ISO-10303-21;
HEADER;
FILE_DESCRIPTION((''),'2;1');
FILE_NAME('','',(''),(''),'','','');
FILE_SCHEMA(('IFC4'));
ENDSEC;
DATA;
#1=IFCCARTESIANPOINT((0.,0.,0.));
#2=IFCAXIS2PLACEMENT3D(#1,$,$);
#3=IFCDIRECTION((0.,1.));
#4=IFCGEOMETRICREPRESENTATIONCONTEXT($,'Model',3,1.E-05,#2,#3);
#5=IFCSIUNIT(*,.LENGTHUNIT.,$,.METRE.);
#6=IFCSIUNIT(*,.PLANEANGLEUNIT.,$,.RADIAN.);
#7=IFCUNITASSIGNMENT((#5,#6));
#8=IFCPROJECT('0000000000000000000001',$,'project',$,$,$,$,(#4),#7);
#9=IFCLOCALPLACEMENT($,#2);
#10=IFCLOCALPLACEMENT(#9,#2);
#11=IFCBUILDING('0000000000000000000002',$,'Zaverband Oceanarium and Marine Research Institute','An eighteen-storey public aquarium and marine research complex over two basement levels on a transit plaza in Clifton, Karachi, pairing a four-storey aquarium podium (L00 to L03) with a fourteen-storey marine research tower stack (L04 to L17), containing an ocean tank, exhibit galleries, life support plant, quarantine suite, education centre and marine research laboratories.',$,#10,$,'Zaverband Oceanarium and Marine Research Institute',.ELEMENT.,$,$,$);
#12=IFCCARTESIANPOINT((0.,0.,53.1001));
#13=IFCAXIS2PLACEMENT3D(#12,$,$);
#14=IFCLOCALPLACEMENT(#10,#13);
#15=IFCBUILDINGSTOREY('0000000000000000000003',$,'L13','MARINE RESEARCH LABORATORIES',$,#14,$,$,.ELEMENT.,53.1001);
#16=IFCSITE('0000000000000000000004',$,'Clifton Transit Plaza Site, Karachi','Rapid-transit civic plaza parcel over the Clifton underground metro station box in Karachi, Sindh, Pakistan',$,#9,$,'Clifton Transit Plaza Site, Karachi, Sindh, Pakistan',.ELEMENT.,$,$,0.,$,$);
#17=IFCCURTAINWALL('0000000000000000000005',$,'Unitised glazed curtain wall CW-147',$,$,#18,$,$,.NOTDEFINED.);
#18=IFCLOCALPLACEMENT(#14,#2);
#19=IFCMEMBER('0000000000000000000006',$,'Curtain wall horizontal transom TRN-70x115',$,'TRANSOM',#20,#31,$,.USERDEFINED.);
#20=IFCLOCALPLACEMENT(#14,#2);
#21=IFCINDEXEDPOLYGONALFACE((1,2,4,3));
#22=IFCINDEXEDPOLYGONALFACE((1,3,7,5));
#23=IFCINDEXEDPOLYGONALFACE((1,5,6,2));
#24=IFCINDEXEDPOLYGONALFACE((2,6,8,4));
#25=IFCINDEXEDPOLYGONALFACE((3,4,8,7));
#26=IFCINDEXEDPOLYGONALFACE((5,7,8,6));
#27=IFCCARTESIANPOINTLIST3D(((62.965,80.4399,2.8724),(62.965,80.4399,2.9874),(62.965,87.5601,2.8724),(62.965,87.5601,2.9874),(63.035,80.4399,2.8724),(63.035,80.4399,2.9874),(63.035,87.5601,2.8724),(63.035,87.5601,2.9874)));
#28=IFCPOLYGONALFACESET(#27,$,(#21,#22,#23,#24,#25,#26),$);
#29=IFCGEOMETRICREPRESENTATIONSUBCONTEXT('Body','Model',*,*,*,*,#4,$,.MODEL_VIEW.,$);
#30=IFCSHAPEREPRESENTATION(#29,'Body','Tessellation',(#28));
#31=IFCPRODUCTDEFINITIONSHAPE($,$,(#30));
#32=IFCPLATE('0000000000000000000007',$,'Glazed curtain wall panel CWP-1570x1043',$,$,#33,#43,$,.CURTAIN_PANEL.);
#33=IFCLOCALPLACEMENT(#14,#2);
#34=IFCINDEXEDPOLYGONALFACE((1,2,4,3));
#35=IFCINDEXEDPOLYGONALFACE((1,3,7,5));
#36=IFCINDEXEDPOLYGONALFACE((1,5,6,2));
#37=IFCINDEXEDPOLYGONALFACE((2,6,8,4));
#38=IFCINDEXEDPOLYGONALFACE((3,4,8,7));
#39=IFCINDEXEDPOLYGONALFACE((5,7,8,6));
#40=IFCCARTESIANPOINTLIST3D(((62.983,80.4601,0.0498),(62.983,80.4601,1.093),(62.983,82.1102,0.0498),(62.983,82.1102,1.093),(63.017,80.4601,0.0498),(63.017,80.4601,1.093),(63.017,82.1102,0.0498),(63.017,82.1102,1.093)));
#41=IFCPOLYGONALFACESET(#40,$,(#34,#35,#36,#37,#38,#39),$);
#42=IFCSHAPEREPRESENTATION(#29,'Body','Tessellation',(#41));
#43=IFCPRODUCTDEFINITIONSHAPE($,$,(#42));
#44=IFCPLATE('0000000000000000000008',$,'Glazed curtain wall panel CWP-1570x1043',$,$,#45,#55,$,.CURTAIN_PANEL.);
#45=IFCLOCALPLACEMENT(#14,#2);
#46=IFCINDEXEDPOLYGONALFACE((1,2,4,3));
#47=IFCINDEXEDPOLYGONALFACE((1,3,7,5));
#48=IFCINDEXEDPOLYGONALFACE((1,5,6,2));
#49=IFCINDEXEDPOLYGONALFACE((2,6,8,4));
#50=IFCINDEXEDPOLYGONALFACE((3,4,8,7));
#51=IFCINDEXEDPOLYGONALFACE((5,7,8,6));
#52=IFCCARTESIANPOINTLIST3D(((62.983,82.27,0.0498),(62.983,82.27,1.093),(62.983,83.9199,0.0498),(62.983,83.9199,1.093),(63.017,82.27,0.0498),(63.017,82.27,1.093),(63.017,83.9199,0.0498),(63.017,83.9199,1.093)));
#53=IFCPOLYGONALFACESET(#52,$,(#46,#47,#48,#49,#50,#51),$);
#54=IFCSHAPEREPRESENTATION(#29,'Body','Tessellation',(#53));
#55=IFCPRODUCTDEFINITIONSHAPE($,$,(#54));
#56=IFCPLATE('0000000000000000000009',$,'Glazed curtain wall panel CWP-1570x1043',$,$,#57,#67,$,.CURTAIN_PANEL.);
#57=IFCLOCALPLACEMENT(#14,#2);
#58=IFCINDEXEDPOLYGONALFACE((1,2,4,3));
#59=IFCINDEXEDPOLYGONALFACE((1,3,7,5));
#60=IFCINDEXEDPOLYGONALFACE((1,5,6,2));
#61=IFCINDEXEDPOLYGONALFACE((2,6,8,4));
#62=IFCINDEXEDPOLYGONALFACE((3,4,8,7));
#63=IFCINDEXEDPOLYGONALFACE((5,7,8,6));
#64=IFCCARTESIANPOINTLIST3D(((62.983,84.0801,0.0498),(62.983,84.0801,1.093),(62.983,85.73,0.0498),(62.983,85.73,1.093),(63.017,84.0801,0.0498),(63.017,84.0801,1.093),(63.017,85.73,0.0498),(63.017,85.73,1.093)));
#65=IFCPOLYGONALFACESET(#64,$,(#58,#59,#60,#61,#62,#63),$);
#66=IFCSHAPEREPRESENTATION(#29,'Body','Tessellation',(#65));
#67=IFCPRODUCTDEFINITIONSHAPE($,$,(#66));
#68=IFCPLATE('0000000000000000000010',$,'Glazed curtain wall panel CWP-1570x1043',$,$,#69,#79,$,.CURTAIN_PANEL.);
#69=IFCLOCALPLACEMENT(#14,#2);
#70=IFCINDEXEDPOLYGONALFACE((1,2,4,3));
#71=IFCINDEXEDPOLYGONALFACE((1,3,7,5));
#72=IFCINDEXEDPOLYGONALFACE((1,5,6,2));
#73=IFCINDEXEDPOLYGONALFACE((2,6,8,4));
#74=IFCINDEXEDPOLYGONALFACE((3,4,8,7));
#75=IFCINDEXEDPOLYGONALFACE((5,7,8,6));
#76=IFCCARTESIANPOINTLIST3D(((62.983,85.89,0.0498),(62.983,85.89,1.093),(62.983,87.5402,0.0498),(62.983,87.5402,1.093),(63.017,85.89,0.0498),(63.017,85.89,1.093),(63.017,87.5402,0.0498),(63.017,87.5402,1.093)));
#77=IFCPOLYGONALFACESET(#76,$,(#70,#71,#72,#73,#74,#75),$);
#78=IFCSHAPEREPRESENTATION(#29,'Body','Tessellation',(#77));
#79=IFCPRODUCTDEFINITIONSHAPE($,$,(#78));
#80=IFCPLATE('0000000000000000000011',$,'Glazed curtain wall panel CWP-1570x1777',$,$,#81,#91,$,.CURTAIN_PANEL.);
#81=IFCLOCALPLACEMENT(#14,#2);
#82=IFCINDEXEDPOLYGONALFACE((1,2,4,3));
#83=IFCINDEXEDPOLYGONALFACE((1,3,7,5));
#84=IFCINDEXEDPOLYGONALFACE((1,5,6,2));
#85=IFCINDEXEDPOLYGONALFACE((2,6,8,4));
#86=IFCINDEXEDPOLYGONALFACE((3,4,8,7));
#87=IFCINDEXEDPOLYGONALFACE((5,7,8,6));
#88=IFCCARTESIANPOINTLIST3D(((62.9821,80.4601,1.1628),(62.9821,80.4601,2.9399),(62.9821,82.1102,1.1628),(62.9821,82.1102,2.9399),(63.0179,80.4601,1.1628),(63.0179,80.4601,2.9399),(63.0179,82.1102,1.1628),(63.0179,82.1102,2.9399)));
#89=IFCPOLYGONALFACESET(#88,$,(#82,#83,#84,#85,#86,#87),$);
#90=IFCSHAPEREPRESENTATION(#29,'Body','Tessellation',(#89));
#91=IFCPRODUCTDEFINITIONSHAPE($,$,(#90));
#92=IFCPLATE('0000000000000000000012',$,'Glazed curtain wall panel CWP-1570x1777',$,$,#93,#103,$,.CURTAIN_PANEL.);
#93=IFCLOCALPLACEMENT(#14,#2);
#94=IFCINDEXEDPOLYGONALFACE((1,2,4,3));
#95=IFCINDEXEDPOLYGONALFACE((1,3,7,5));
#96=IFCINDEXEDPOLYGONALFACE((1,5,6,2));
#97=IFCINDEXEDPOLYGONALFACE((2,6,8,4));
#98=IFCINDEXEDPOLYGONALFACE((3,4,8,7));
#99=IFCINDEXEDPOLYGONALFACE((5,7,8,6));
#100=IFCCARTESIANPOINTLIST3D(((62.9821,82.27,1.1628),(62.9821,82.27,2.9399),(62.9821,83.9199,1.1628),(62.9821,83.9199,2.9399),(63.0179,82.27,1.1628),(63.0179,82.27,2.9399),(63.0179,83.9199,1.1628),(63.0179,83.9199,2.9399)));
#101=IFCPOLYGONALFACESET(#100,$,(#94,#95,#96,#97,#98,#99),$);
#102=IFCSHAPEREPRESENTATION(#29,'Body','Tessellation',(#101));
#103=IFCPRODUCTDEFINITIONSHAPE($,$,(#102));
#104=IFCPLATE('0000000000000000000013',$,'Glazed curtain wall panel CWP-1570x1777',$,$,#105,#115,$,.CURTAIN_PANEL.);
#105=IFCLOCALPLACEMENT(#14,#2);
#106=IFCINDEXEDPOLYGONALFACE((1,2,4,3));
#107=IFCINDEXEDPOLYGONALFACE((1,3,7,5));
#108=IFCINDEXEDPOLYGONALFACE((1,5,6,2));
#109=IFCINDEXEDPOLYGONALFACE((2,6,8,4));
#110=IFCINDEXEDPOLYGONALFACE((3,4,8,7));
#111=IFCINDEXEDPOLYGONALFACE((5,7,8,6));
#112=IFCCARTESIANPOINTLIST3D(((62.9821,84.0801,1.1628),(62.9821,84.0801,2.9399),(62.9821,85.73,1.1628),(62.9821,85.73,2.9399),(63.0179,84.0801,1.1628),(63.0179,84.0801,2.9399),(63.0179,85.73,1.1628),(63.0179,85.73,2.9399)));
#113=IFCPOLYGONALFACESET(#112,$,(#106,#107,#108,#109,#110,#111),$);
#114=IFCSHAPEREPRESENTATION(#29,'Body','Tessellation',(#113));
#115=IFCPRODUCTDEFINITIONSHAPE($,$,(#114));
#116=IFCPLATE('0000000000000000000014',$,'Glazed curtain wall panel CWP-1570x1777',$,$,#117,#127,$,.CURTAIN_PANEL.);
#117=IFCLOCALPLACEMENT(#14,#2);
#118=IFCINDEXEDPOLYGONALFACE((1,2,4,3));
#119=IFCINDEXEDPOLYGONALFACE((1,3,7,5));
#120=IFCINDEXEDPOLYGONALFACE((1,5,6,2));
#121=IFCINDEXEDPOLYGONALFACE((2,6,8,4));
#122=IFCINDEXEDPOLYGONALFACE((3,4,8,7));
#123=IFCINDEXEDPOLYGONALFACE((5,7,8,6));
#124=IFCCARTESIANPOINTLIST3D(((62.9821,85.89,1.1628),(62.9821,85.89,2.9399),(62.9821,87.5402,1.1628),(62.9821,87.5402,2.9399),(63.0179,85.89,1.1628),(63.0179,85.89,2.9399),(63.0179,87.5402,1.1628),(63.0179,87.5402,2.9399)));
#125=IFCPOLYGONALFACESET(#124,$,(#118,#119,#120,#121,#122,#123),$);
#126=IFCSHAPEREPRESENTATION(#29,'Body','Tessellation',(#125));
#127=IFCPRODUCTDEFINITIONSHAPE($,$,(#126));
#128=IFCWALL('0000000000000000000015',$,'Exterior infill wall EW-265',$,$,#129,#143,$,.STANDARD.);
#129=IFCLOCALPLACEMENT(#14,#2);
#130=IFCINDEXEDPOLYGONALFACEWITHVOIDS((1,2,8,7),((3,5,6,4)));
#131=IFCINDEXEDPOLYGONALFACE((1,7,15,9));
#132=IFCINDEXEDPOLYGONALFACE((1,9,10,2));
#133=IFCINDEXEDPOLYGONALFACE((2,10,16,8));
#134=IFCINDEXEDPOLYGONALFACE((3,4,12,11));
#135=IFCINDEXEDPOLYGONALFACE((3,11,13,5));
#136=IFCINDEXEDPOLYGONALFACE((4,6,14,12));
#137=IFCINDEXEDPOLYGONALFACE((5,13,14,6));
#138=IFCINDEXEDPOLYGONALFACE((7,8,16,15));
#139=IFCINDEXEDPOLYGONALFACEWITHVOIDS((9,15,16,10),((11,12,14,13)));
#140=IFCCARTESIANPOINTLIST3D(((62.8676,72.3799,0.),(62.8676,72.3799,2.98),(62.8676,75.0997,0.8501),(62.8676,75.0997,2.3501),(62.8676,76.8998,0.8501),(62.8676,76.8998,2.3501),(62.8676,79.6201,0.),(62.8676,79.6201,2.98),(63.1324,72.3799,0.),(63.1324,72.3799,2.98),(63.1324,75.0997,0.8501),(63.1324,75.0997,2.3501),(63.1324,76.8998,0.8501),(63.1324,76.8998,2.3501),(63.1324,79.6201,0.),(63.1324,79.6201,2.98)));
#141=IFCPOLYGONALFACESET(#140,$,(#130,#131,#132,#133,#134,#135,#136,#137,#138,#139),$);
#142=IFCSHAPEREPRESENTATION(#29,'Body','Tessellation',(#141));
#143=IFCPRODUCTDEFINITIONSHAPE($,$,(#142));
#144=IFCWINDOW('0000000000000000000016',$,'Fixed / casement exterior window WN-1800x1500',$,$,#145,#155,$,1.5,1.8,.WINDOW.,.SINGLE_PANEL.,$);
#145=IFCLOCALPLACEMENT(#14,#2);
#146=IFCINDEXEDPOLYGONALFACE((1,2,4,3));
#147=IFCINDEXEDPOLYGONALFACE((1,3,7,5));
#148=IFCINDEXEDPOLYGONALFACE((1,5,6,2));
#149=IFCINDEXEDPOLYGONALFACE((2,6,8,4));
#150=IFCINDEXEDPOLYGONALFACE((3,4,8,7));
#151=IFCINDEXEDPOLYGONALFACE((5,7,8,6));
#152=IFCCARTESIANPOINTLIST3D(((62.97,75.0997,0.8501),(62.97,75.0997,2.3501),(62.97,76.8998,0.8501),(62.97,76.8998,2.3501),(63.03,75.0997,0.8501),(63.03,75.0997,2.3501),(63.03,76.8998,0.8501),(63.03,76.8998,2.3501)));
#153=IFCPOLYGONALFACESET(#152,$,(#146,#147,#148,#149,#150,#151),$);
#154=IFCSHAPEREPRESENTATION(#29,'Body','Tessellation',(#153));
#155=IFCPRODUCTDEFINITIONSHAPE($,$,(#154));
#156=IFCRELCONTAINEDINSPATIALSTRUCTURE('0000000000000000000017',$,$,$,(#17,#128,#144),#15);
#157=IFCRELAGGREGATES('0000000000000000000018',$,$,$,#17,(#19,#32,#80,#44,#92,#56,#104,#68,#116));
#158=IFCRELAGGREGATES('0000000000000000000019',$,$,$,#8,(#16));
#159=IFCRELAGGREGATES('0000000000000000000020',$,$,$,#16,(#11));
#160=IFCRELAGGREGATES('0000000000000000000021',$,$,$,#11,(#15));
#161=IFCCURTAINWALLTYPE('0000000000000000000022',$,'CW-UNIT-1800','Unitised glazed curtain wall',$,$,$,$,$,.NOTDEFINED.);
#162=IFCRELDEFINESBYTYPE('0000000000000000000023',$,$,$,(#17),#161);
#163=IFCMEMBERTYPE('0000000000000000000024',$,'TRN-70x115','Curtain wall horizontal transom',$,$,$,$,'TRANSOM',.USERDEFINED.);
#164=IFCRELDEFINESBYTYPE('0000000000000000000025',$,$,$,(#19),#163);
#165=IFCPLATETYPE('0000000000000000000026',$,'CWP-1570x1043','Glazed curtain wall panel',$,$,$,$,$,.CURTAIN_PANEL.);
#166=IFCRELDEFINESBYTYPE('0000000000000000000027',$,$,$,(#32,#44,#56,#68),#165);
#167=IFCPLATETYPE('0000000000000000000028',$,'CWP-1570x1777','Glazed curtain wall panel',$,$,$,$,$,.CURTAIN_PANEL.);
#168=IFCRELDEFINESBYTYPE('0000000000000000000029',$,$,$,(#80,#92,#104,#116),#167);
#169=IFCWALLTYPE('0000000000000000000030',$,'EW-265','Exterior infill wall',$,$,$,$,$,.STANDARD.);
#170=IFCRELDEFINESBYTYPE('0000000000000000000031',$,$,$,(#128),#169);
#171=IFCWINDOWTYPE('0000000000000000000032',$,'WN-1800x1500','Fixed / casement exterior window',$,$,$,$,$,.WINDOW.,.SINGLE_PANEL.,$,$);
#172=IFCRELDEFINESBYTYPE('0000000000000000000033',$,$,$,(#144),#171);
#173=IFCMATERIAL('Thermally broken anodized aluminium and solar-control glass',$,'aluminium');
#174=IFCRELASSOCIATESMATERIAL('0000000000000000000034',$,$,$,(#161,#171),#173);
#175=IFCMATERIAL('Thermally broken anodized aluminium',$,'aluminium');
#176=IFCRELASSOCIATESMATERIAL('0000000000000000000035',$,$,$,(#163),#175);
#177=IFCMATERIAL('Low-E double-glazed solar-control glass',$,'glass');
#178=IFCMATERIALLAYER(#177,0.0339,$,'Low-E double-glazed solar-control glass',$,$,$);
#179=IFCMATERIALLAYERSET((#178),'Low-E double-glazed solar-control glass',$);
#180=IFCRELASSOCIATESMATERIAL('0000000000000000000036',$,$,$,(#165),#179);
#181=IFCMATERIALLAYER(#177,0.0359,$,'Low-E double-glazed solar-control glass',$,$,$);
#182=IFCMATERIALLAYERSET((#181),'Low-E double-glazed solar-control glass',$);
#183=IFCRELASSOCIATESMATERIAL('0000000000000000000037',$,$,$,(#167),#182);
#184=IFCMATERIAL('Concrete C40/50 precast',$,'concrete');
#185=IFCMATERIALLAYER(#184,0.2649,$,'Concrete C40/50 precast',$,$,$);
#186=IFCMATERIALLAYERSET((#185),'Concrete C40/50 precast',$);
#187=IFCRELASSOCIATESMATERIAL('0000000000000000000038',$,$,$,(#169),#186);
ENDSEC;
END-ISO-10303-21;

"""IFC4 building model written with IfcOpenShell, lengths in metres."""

from ifc_helpers import new_model, si_unit, direction, frame, frame_2d, origin, origin_2d, place, context, subcontext, project, spatial, rectangle, extrude, material, layer, layer_set, material_profile, profile_set, type_object, element, fill, aggregate, save


model = new_model("IFC4")

# Units and contexts
model_context = context("Model", 3, precision=1e-05, world=origin(), true_north=direction((0.0, 1.0)))
body_context = subcontext(model_context, "Body", "Model", "MODEL_VIEW")
ifc_project = project(units=[si_unit("LENGTHUNIT", "METRE"), si_unit("PLANEANGLEUNIT", "RADIAN")], contexts=[model_context])

# Site, building, storey
site_placement = place(None, origin())
site = spatial("IfcSite", under=ifc_project, at=site_placement, Name="Clifton Transit Plaza Site, Karachi", Description="Rapid-transit civic plaza parcel over the Clifton underground metro station box in Karachi, Sindh, Pakistan", LongName="Clifton Transit Plaza Site, Karachi, Sindh, Pakistan", CompositionType="ELEMENT", RefElevation=0.0)
building_placement = place(site_placement, origin())
building = spatial("IfcBuilding", under=site, at=building_placement, Name="Zaverband Oceanarium and Marine Research Institute", Description="An eighteen-storey public aquarium and marine research complex over two basement levels on a transit plaza in Clifton, Karachi, pairing a four-storey aquarium podium (L00 to L03) with a fourteen-storey marine research tower stack (L04 to L17), containing an ocean tank, exhibit galleries, life support plant, quarantine suite, education centre and marine research laboratories.", LongName="Zaverband Oceanarium and Marine Research Institute", CompositionType="ELEMENT")
storey_placement = place(building_placement, frame((0.0, 0.0, 53.1001)))
storey = spatial("IfcBuildingStorey", under=building, at=storey_placement, Name="L13", Description="MARINE RESEARCH LABORATORIES", CompositionType="ELEMENT", Elevation=53.1001)

# Curtain wall
ifc_material_1 = material(Name="Thermally broken anodized aluminium and solar-control glass", Category="aluminium")
curtain_wall_type = type_object("IfcCurtainWallType", Name="CW-UNIT-1800", Description="Unitised glazed curtain wall", PredefinedType="NOTDEFINED", material=ifc_material_1)
curtain_wall_placement = place(storey_placement, origin())
curtain_wall = element("IfcCurtainWall", 1, at=curtain_wall_placement, inside=storey, type_object=curtain_wall_type, Name="Unitised glazed curtain wall CW-147", PredefinedType="NOTDEFINED")
ifc_material_2 = material(Name="Thermally broken anodized aluminium", Category="aluminium")

# Member
ifc_material_profile_1 = material_profile(ifc_material_2, rectangle(XDim=0.0701, YDim=0.115, at=origin_2d()), Name="AL-TRN-70x115")
ifc_profile_set_1 = profile_set([ifc_material_profile_1], Name="Thermally broken anodized aluminium")
member_type_1 = type_object("IfcMemberType", Name="TRN-70x115", Description="Curtain wall horizontal transom", ElementType="TRANSOM", PredefinedType="USERDEFINED", material=ifc_profile_set_1)
member_1_placement = place(storey_placement, frame((63.0, 80.4399, 2.9299), z_axis=(0.0, 1.0, 0.0), x_axis=(-1.0, 0.0, 0.0)))
member_1 = element("IfcMember", 2, at=member_1_placement, type_object=member_type_1, Name="Curtain wall horizontal transom TRN-70x115", ObjectType="TRANSOM", PredefinedType="USERDEFINED", context=body_context, shape_type="SweptSolid", body=[
    extrude(rectangle(XDim=0.0701, YDim=0.115, at=origin_2d()), origin(), (0.0, 0.0, 1.0), 7.1201),
])

# Plates
ifc_material_3 = material(Name="Low-E double-glazed solar-control glass", Category="glass")
ifc_layer_1 = layer(ifc_material_3, 0.0339, Name="Low-E double-glazed solar-control glass")
ifc_layer_set_1 = layer_set([ifc_layer_1], Name="Low-E double-glazed solar-control glass")
plate_type_1 = type_object("IfcPlateType", Name="CWP-1570x1043", Description="Glazed curtain wall panel", PredefinedType="CURTAIN_PANEL", material=ifc_layer_set_1)
plate_1_placement = place(storey_placement, frame((63.0, 80.46, 0.0498), z_axis=(0.0, 0.0, 1.0), x_axis=(0.0, 1.0, 0.0)))
plate_1 = element("IfcPlate", 3, at=plate_1_placement, type_object=plate_type_1, Name="Glazed curtain wall panel CWP-1570x1043", PredefinedType="CURTAIN_PANEL", context=body_context, shape_type="SweptSolid", body=[
    extrude(rectangle(XDim=1.6501, YDim=0.0339, at=frame_2d((0.8252, 0.0))), origin(), (0.0, 0.0, 1.0), 1.0432),
])
plate_2_placement = place(storey_placement, frame((63.0, 82.27, 0.0498), z_axis=(0.0, 0.0, 1.0), x_axis=(0.0, 1.0, 0.0)))
plate_2 = element("IfcPlate", 4, at=plate_2_placement, type_object=plate_type_1, Name="Glazed curtain wall panel CWP-1570x1043", PredefinedType="CURTAIN_PANEL", context=body_context, shape_type="SweptSolid", body=[
    extrude(rectangle(XDim=1.6499, YDim=0.0339, at=frame_2d((0.825, 0.0))), origin(), (0.0, 0.0, 1.0), 1.0432),
])
plate_3_placement = place(storey_placement, frame((63.0, 84.0801, 0.0498), z_axis=(0.0, 0.0, 1.0), x_axis=(0.0, 1.0, 0.0)))
plate_3 = element("IfcPlate", 5, at=plate_3_placement, type_object=plate_type_1, Name="Glazed curtain wall panel CWP-1570x1043", PredefinedType="CURTAIN_PANEL", context=body_context, shape_type="SweptSolid", body=[
    extrude(rectangle(XDim=1.6499, YDim=0.0339, at=frame_2d((0.825, 0.0))), origin(), (0.0, 0.0, 1.0), 1.0432),
])
plate_4_placement = place(storey_placement, frame((63.0, 85.8899, 0.0498), z_axis=(0.0, 0.0, 1.0), x_axis=(0.0, 1.0, 0.0)))
plate_4 = element("IfcPlate", 6, at=plate_4_placement, type_object=plate_type_1, Name="Glazed curtain wall panel CWP-1570x1043", PredefinedType="CURTAIN_PANEL", context=body_context, shape_type="SweptSolid", body=[
    extrude(rectangle(XDim=1.6501, YDim=0.0339, at=frame_2d((0.8252, 0.0))), origin(), (0.0, 0.0, 1.0), 1.0432),
])
ifc_layer_2 = layer(ifc_material_3, 0.0359, Name="Low-E double-glazed solar-control glass")
ifc_layer_set_2 = layer_set([ifc_layer_2], Name="Low-E double-glazed solar-control glass")
plate_type_2 = type_object("IfcPlateType", Name="CWP-1570x1777", Description="Glazed curtain wall panel", PredefinedType="CURTAIN_PANEL", material=ifc_layer_set_2)
plate_5_placement = place(storey_placement, frame((63.0, 80.46, 1.1628), z_axis=(0.0, 0.0, 1.0), x_axis=(0.0, 1.0, 0.0)))
plate_5 = element("IfcPlate", 7, at=plate_5_placement, type_object=plate_type_2, Name="Glazed curtain wall panel CWP-1570x1777", PredefinedType="CURTAIN_PANEL", context=body_context, shape_type="SweptSolid", body=[
    extrude(rectangle(XDim=1.6501, YDim=0.0359, at=frame_2d((0.8252, 0.0))), origin(), (0.0, 0.0, 1.0), 1.7771),
])
plate_6_placement = place(storey_placement, frame((63.0, 82.27, 1.1628), z_axis=(0.0, 0.0, 1.0), x_axis=(0.0, 1.0, 0.0)))
plate_6 = element("IfcPlate", 8, at=plate_6_placement, type_object=plate_type_2, Name="Glazed curtain wall panel CWP-1570x1777", PredefinedType="CURTAIN_PANEL", context=body_context, shape_type="SweptSolid", body=[
    extrude(rectangle(XDim=1.6499, YDim=0.0359, at=frame_2d((0.825, 0.0))), origin(), (0.0, 0.0, 1.0), 1.7771),
])
plate_7_placement = place(storey_placement, frame((63.0, 84.0801, 1.1628), z_axis=(0.0, 0.0, 1.0), x_axis=(0.0, 1.0, 0.0)))
plate_7 = element("IfcPlate", 9, at=plate_7_placement, type_object=plate_type_2, Name="Glazed curtain wall panel CWP-1570x1777", PredefinedType="CURTAIN_PANEL", context=body_context, shape_type="SweptSolid", body=[
    extrude(rectangle(XDim=1.6499, YDim=0.0359, at=frame_2d((0.825, 0.0))), origin(), (0.0, 0.0, 1.0), 1.7771),
])
plate_8_placement = place(storey_placement, frame((63.0, 85.8899, 1.1628), z_axis=(0.0, 0.0, 1.0), x_axis=(0.0, 1.0, 0.0)))
plate_8 = element("IfcPlate", 10, at=plate_8_placement, type_object=plate_type_2, Name="Glazed curtain wall panel CWP-1570x1777", PredefinedType="CURTAIN_PANEL", context=body_context, shape_type="SweptSolid", body=[
    extrude(rectangle(XDim=1.6501, YDim=0.0359, at=frame_2d((0.8252, 0.0))), origin(), (0.0, 0.0, 1.0), 1.7771),
])
aggregate(curtain_wall, [member_1, plate_1, plate_5, plate_2, plate_6, plate_3, plate_7, plate_4, plate_8])

# Wall, opening, window
ifc_material_4 = material(Name="Concrete C40/50 precast", Category="concrete")
ifc_layer_3 = layer(ifc_material_4, 0.2649, Name="Concrete C40/50 precast")
ifc_layer_set_3 = layer_set([ifc_layer_3], Name="Concrete C40/50 precast")
wall_type = type_object("IfcWallType", Name="EW-265", Description="Exterior infill wall", PredefinedType="STANDARD", material=ifc_layer_set_3)
wall_placement = place(storey_placement, frame((63.0, 72.3799, 0.0), z_axis=(0.0, 0.0, 1.0), x_axis=(0.0, 1.0, 0.0)))
wall = element("IfcWall", 11, at=wall_placement, inside=storey, type_object=wall_type, Name="Exterior infill wall EW-265", PredefinedType="STANDARD", context=body_context, shape_type="SweptSolid", body=[
    extrude(rectangle(XDim=7.2402, YDim=0.2649, at=frame_2d((3.6201, 0.0))), origin(), (0.0, 0.0, 1.0), 2.98),
])
opening_placement = place(wall_placement, frame((2.72, 0.0, 0.8501)))
opening = element("IfcOpeningElement", 12, at=opening_placement, cuts=wall, PredefinedType="OPENING", context=body_context, shape_type="SweptSolid", body=[
    extrude(rectangle(XDim=1.8, YDim=1.5, at=frame_2d((0.8999, 0.75))), frame((0.0, 0.1445, 0.0), z_axis=(0.0, -1.0, 0.0), x_axis=(1.0, 0.0, 0.0)), (0.0, 0.0, 1.0), 0.2888),
])
window_type = type_object("IfcWindowType", Name="WN-1800x1500", Description="Fixed / casement exterior window", PartitioningType="SINGLE_PANEL", PredefinedType="WINDOW", material=ifc_material_1)
window_placement = place(opening_placement, origin())
window = element("IfcWindow", 13, at=window_placement, inside=storey, type_object=window_type, Name="Fixed / casement exterior window WN-1800x1500", OverallHeight=1.5, OverallWidth=1.8, PartitioningType="SINGLE_PANEL", PredefinedType="WINDOW", context=body_context, shape_type="SweptSolid", body=[
    extrude(rectangle(XDim=1.8, YDim=1.5, at=frame_2d((0.8999, 0.75))), frame((0.0, 0.03, 0.0), z_axis=(0.0, -1.0, 0.0), x_axis=(1.0, 0.0, 0.0)), (0.0, 0.0, 1.0), 0.0601),
])
fill(opening, window)

save(model, "model.ifc")
